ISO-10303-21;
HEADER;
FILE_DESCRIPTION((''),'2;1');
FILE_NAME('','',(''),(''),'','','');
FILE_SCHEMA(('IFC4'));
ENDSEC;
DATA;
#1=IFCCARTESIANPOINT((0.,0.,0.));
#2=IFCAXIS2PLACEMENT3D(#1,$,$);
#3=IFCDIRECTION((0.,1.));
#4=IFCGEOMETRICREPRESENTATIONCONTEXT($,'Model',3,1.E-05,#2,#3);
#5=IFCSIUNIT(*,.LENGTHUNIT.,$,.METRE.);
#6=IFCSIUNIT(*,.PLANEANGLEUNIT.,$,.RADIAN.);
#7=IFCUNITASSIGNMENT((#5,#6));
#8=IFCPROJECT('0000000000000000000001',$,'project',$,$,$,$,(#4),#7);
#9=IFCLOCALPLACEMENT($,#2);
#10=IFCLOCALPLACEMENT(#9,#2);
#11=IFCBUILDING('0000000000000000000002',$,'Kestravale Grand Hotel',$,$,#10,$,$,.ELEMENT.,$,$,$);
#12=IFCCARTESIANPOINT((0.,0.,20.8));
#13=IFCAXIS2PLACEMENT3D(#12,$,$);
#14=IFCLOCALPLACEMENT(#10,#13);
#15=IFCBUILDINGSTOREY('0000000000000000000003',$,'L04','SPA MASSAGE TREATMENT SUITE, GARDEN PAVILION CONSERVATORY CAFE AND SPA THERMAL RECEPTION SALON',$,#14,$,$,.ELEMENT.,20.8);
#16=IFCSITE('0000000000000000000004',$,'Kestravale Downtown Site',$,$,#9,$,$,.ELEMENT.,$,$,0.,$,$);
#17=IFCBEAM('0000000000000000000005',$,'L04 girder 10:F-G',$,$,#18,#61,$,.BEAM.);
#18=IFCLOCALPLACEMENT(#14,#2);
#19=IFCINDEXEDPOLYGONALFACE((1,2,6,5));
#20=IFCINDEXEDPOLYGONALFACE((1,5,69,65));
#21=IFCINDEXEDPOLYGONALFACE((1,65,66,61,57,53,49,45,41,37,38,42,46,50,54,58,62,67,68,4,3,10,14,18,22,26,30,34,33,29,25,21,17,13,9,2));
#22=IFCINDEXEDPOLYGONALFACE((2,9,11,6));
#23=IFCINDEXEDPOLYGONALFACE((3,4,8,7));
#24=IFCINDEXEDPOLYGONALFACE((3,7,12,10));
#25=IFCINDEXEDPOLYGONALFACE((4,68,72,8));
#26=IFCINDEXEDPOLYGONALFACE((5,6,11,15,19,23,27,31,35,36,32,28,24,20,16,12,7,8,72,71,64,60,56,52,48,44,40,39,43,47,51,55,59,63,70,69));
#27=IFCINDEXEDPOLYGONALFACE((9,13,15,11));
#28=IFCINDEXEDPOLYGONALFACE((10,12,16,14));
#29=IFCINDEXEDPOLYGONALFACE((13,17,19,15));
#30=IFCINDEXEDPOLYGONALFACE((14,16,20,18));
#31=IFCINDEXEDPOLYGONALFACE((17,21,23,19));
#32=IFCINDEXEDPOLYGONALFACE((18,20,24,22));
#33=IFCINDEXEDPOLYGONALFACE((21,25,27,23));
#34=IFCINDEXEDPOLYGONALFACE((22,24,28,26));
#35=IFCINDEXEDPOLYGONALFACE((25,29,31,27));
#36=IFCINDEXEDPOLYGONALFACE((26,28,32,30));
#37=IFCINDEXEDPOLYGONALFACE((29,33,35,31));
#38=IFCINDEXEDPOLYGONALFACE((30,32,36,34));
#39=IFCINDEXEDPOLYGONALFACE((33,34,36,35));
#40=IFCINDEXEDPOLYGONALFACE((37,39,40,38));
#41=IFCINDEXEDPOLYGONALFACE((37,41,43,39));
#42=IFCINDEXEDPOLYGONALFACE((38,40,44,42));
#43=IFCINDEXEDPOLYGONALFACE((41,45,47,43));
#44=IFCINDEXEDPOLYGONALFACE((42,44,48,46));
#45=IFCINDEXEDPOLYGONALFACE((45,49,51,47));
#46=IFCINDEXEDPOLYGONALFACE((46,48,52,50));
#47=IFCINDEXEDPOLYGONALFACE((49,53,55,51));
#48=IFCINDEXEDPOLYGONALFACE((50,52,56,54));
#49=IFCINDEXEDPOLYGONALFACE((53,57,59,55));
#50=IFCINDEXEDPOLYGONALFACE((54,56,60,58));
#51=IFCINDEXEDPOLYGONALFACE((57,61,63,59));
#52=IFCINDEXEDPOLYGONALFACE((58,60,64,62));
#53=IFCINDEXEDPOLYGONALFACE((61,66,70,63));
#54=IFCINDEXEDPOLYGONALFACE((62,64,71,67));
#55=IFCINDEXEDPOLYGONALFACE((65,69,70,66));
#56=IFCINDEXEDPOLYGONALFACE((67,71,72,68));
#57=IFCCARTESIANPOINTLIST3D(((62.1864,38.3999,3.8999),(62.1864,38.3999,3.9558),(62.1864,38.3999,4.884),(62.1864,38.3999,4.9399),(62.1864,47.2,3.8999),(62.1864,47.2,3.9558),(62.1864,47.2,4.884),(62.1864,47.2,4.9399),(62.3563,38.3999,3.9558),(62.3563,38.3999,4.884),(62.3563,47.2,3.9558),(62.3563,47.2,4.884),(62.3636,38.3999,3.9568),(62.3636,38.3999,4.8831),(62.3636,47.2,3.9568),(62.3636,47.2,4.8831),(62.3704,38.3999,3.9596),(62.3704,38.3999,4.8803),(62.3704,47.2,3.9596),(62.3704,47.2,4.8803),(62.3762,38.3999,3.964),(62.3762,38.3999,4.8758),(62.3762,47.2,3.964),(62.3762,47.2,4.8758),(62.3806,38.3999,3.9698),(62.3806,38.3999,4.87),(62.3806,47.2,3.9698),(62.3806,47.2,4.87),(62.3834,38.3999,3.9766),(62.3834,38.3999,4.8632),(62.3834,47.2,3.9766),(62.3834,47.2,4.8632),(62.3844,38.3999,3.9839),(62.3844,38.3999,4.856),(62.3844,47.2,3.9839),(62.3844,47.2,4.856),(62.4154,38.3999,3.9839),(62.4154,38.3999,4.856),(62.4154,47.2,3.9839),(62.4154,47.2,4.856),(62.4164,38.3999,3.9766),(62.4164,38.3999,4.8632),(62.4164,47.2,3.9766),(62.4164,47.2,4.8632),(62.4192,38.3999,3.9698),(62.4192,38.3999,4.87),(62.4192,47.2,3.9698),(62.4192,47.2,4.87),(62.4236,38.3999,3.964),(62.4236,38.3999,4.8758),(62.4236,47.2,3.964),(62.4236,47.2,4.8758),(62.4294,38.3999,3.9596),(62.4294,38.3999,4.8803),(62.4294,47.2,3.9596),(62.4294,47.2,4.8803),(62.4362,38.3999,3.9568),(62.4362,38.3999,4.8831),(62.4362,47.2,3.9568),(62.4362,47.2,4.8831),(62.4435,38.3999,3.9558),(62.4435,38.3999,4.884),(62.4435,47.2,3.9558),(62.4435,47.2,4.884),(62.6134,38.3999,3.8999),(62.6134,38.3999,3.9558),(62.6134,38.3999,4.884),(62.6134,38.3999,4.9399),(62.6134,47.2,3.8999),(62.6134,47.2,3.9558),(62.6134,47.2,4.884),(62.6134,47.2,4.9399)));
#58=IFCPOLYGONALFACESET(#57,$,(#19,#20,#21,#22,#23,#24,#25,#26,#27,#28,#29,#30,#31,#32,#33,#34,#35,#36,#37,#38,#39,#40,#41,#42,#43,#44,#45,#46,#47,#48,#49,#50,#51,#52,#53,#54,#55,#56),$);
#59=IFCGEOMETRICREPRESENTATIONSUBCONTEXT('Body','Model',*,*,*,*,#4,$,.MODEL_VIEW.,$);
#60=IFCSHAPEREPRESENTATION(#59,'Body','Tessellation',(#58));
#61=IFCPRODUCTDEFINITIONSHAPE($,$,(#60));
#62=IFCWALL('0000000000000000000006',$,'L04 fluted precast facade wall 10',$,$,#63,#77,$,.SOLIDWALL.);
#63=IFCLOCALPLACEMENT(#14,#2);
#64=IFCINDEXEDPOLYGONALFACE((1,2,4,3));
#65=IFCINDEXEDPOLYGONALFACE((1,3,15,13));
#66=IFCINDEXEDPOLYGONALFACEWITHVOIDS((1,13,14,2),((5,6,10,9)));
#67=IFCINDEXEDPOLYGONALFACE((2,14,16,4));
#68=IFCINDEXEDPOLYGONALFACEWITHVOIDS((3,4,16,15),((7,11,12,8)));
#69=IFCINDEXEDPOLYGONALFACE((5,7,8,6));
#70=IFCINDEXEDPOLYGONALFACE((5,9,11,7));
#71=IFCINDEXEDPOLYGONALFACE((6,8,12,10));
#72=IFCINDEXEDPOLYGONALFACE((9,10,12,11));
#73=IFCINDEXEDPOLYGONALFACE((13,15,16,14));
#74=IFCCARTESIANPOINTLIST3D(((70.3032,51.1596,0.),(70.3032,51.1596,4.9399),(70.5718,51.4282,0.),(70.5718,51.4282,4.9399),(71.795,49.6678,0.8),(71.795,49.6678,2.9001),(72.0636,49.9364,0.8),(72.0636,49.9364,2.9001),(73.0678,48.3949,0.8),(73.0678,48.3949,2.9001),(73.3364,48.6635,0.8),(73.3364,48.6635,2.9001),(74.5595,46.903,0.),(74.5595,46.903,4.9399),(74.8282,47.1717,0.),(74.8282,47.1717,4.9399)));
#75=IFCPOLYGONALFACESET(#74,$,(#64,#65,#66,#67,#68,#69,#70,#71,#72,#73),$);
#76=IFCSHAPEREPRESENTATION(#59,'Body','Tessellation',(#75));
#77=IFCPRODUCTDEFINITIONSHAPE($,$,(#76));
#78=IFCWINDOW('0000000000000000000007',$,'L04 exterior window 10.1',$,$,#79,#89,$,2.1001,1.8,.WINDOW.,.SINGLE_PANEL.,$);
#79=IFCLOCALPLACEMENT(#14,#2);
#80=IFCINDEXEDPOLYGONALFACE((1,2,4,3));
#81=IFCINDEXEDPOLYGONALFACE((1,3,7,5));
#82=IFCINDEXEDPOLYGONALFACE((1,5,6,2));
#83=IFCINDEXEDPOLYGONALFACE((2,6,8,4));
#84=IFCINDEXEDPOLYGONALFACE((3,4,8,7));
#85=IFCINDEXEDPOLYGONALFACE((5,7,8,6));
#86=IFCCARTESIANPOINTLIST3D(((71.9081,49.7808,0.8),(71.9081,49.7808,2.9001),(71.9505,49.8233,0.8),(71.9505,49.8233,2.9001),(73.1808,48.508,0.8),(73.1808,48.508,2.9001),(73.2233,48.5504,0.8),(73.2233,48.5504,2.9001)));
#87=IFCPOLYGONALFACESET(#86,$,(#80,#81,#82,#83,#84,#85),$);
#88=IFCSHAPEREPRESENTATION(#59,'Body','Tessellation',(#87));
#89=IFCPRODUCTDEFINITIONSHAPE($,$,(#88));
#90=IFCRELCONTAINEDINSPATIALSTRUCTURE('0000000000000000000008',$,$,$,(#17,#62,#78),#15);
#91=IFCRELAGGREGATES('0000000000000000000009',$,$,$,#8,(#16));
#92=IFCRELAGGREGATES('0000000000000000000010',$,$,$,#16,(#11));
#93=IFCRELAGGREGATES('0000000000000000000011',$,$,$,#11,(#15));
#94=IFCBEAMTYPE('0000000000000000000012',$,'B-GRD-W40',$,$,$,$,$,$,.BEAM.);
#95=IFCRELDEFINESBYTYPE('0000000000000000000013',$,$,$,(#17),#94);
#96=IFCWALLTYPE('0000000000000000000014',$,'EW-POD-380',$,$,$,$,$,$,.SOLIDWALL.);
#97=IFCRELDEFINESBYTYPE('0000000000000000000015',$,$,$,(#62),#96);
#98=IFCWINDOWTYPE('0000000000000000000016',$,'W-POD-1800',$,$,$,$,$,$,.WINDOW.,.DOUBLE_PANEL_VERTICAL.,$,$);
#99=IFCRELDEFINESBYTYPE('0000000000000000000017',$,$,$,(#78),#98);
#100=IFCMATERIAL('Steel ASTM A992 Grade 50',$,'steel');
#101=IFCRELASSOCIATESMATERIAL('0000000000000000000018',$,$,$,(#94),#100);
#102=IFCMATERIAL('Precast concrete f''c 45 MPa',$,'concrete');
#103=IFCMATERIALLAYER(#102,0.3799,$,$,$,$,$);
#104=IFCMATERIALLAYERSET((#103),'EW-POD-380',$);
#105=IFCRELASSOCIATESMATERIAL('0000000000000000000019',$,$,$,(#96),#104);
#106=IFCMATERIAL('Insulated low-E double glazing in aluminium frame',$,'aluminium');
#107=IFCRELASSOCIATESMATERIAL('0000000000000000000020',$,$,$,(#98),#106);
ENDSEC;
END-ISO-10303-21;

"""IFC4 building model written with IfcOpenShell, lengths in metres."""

from ifc_helpers import new_model, si_unit, direction, frame, frame_2d, origin, origin_2d, place, context, subcontext, project, spatial, rectangle, i_section, extrude, material, layer, layer_set, material_profile, profile_set, type_object, element, fill, save


model = new_model("IFC4")

# Units and contexts
model_context = context("Model", 3, precision=1e-05, world=origin(), true_north=direction((0.0, 1.0)))
body_context = subcontext(model_context, "Body", "Model", "MODEL_VIEW")
ifc_project = project(units=[si_unit("LENGTHUNIT", "METRE"), si_unit("PLANEANGLEUNIT", "RADIAN")], contexts=[model_context])

# Site, building, storey
site_placement = place(None, origin())
site = spatial("IfcSite", under=ifc_project, at=site_placement, Name="Kestravale Downtown Site", CompositionType="ELEMENT", RefElevation=0.0)
building_placement = place(site_placement, origin())
building = spatial("IfcBuilding", under=site, at=building_placement, Name="Kestravale Grand Hotel", CompositionType="ELEMENT")
storey_placement = place(building_placement, frame((0.0, 0.0, 20.8)))
storey = spatial("IfcBuildingStorey", under=building, at=storey_placement, Name="L04", Description="SPA MASSAGE TREATMENT SUITE, GARDEN PAVILION CONSERVATORY CAFE AND SPA THERMAL RECEPTION SALON", CompositionType="ELEMENT", Elevation=20.8)

# Beam
ifc_material_1 = material(Name="Steel ASTM A992 Grade 50", Category="steel")
ifc_material_profile_1 = material_profile(ifc_material_1, i_section(OverallWidth=0.427, OverallDepth=1.04, WebThickness=0.031, FlangeThickness=0.0559, FilletRadius=0.0281, at=origin_2d()))
ifc_profile_set_1 = profile_set([ifc_material_profile_1], Name="Steel ASTM A992 Grade 50")
beam_type_1 = type_object("IfcBeamType", Name="B-GRD-W40", PredefinedType="BEAM", material=ifc_profile_set_1)
beam_1_placement = place(storey_placement, frame((62.3999, 38.3999, 4.4199), z_axis=(0.0, 1.0, 0.0), x_axis=(-1.0, 0.0, 0.0)))
element("IfcBeam", 1, at=beam_1_placement, inside=storey, type_object=beam_type_1, Name="L04 girder 10:F-G", PredefinedType="BEAM", context=body_context, shape_type="SweptSolid", body=[
    extrude(i_section(OverallWidth=0.427, OverallDepth=1.04, WebThickness=0.031, FlangeThickness=0.0559, FilletRadius=0.0281, at=origin_2d()), origin(), (0.0, 0.0, 1.0), 8.8),
])

# Wall, opening, window
ifc_material_2 = material(Name="Precast concrete f'c 45 MPa", Category="concrete")
ifc_layer = layer(ifc_material_2, 0.3799)
ifc_layer_set = layer_set([ifc_layer], Name="EW-POD-380")
wall_type = type_object("IfcWallType", Name="EW-POD-380", PredefinedType="SOLIDWALL", material=ifc_layer_set)
wall_1_placement = place(storey_placement, frame((74.6938, 47.0374, 0.0), z_axis=(0.0, 0.0, 1.0), x_axis=(-0.707087, 0.707127, 0.0)))
wall_1 = element("IfcWall", 2, at=wall_1_placement, inside=storey, type_object=wall_type, Name="L04 fluted precast facade wall 10", PredefinedType="SOLIDWALL", context=body_context, shape_type="SweptSolid", body=[
    extrude(rectangle(XDim=6.0195, YDim=0.3799, at=frame_2d((3.0098, 0.0))), origin(), (0.0, 0.0, 1.0), 4.9399),
])
opening_1_placement = place(wall_1_placement, frame((2.1099, 0.0, 0.8)))
opening_1 = element("IfcOpeningElement", 3, at=opening_1_placement, cuts=wall_1, PredefinedType="OPENING", context=body_context, shape_type="SweptSolid", body=[
    extrude(rectangle(XDim=1.8, YDim=2.1001, at=frame_2d((0.8999, 1.05))), frame((0.0, 0.2, 0.0), z_axis=(0.0, -1.0, 0.0), x_axis=(1.0, 0.0, 0.0)), (0.0, 0.0, 1.0), 0.3999),
])
ifc_material_3 = material(Name="Insulated low-E double glazing in aluminium frame", Category="aluminium")
window_type_1 = type_object("IfcWindowType", Name="W-POD-1800", PartitioningType="DOUBLE_PANEL_VERTICAL", PredefinedType="WINDOW", material=ifc_material_3)
window_1_placement = place(opening_1_placement, origin())
window_1 = element("IfcWindow", 4, at=window_1_placement, inside=storey, type_object=window_type_1, Name="L04 exterior window 10.1", OverallHeight=2.1001, OverallWidth=1.8, PartitioningType="SINGLE_PANEL", PredefinedType="WINDOW", context=body_context, shape_type="SweptSolid", body=[
    extrude(rectangle(XDim=1.8, YDim=2.1001, at=frame_2d((0.8999, 1.05))), frame((0.0, 0.03, 0.0), z_axis=(0.0, -1.0, 0.0), x_axis=(1.0, 0.0, 0.0)), (0.0, 0.0, 1.0), 0.0601),
])
fill(opening_1, window_1)

save(model, "model.ifc")
